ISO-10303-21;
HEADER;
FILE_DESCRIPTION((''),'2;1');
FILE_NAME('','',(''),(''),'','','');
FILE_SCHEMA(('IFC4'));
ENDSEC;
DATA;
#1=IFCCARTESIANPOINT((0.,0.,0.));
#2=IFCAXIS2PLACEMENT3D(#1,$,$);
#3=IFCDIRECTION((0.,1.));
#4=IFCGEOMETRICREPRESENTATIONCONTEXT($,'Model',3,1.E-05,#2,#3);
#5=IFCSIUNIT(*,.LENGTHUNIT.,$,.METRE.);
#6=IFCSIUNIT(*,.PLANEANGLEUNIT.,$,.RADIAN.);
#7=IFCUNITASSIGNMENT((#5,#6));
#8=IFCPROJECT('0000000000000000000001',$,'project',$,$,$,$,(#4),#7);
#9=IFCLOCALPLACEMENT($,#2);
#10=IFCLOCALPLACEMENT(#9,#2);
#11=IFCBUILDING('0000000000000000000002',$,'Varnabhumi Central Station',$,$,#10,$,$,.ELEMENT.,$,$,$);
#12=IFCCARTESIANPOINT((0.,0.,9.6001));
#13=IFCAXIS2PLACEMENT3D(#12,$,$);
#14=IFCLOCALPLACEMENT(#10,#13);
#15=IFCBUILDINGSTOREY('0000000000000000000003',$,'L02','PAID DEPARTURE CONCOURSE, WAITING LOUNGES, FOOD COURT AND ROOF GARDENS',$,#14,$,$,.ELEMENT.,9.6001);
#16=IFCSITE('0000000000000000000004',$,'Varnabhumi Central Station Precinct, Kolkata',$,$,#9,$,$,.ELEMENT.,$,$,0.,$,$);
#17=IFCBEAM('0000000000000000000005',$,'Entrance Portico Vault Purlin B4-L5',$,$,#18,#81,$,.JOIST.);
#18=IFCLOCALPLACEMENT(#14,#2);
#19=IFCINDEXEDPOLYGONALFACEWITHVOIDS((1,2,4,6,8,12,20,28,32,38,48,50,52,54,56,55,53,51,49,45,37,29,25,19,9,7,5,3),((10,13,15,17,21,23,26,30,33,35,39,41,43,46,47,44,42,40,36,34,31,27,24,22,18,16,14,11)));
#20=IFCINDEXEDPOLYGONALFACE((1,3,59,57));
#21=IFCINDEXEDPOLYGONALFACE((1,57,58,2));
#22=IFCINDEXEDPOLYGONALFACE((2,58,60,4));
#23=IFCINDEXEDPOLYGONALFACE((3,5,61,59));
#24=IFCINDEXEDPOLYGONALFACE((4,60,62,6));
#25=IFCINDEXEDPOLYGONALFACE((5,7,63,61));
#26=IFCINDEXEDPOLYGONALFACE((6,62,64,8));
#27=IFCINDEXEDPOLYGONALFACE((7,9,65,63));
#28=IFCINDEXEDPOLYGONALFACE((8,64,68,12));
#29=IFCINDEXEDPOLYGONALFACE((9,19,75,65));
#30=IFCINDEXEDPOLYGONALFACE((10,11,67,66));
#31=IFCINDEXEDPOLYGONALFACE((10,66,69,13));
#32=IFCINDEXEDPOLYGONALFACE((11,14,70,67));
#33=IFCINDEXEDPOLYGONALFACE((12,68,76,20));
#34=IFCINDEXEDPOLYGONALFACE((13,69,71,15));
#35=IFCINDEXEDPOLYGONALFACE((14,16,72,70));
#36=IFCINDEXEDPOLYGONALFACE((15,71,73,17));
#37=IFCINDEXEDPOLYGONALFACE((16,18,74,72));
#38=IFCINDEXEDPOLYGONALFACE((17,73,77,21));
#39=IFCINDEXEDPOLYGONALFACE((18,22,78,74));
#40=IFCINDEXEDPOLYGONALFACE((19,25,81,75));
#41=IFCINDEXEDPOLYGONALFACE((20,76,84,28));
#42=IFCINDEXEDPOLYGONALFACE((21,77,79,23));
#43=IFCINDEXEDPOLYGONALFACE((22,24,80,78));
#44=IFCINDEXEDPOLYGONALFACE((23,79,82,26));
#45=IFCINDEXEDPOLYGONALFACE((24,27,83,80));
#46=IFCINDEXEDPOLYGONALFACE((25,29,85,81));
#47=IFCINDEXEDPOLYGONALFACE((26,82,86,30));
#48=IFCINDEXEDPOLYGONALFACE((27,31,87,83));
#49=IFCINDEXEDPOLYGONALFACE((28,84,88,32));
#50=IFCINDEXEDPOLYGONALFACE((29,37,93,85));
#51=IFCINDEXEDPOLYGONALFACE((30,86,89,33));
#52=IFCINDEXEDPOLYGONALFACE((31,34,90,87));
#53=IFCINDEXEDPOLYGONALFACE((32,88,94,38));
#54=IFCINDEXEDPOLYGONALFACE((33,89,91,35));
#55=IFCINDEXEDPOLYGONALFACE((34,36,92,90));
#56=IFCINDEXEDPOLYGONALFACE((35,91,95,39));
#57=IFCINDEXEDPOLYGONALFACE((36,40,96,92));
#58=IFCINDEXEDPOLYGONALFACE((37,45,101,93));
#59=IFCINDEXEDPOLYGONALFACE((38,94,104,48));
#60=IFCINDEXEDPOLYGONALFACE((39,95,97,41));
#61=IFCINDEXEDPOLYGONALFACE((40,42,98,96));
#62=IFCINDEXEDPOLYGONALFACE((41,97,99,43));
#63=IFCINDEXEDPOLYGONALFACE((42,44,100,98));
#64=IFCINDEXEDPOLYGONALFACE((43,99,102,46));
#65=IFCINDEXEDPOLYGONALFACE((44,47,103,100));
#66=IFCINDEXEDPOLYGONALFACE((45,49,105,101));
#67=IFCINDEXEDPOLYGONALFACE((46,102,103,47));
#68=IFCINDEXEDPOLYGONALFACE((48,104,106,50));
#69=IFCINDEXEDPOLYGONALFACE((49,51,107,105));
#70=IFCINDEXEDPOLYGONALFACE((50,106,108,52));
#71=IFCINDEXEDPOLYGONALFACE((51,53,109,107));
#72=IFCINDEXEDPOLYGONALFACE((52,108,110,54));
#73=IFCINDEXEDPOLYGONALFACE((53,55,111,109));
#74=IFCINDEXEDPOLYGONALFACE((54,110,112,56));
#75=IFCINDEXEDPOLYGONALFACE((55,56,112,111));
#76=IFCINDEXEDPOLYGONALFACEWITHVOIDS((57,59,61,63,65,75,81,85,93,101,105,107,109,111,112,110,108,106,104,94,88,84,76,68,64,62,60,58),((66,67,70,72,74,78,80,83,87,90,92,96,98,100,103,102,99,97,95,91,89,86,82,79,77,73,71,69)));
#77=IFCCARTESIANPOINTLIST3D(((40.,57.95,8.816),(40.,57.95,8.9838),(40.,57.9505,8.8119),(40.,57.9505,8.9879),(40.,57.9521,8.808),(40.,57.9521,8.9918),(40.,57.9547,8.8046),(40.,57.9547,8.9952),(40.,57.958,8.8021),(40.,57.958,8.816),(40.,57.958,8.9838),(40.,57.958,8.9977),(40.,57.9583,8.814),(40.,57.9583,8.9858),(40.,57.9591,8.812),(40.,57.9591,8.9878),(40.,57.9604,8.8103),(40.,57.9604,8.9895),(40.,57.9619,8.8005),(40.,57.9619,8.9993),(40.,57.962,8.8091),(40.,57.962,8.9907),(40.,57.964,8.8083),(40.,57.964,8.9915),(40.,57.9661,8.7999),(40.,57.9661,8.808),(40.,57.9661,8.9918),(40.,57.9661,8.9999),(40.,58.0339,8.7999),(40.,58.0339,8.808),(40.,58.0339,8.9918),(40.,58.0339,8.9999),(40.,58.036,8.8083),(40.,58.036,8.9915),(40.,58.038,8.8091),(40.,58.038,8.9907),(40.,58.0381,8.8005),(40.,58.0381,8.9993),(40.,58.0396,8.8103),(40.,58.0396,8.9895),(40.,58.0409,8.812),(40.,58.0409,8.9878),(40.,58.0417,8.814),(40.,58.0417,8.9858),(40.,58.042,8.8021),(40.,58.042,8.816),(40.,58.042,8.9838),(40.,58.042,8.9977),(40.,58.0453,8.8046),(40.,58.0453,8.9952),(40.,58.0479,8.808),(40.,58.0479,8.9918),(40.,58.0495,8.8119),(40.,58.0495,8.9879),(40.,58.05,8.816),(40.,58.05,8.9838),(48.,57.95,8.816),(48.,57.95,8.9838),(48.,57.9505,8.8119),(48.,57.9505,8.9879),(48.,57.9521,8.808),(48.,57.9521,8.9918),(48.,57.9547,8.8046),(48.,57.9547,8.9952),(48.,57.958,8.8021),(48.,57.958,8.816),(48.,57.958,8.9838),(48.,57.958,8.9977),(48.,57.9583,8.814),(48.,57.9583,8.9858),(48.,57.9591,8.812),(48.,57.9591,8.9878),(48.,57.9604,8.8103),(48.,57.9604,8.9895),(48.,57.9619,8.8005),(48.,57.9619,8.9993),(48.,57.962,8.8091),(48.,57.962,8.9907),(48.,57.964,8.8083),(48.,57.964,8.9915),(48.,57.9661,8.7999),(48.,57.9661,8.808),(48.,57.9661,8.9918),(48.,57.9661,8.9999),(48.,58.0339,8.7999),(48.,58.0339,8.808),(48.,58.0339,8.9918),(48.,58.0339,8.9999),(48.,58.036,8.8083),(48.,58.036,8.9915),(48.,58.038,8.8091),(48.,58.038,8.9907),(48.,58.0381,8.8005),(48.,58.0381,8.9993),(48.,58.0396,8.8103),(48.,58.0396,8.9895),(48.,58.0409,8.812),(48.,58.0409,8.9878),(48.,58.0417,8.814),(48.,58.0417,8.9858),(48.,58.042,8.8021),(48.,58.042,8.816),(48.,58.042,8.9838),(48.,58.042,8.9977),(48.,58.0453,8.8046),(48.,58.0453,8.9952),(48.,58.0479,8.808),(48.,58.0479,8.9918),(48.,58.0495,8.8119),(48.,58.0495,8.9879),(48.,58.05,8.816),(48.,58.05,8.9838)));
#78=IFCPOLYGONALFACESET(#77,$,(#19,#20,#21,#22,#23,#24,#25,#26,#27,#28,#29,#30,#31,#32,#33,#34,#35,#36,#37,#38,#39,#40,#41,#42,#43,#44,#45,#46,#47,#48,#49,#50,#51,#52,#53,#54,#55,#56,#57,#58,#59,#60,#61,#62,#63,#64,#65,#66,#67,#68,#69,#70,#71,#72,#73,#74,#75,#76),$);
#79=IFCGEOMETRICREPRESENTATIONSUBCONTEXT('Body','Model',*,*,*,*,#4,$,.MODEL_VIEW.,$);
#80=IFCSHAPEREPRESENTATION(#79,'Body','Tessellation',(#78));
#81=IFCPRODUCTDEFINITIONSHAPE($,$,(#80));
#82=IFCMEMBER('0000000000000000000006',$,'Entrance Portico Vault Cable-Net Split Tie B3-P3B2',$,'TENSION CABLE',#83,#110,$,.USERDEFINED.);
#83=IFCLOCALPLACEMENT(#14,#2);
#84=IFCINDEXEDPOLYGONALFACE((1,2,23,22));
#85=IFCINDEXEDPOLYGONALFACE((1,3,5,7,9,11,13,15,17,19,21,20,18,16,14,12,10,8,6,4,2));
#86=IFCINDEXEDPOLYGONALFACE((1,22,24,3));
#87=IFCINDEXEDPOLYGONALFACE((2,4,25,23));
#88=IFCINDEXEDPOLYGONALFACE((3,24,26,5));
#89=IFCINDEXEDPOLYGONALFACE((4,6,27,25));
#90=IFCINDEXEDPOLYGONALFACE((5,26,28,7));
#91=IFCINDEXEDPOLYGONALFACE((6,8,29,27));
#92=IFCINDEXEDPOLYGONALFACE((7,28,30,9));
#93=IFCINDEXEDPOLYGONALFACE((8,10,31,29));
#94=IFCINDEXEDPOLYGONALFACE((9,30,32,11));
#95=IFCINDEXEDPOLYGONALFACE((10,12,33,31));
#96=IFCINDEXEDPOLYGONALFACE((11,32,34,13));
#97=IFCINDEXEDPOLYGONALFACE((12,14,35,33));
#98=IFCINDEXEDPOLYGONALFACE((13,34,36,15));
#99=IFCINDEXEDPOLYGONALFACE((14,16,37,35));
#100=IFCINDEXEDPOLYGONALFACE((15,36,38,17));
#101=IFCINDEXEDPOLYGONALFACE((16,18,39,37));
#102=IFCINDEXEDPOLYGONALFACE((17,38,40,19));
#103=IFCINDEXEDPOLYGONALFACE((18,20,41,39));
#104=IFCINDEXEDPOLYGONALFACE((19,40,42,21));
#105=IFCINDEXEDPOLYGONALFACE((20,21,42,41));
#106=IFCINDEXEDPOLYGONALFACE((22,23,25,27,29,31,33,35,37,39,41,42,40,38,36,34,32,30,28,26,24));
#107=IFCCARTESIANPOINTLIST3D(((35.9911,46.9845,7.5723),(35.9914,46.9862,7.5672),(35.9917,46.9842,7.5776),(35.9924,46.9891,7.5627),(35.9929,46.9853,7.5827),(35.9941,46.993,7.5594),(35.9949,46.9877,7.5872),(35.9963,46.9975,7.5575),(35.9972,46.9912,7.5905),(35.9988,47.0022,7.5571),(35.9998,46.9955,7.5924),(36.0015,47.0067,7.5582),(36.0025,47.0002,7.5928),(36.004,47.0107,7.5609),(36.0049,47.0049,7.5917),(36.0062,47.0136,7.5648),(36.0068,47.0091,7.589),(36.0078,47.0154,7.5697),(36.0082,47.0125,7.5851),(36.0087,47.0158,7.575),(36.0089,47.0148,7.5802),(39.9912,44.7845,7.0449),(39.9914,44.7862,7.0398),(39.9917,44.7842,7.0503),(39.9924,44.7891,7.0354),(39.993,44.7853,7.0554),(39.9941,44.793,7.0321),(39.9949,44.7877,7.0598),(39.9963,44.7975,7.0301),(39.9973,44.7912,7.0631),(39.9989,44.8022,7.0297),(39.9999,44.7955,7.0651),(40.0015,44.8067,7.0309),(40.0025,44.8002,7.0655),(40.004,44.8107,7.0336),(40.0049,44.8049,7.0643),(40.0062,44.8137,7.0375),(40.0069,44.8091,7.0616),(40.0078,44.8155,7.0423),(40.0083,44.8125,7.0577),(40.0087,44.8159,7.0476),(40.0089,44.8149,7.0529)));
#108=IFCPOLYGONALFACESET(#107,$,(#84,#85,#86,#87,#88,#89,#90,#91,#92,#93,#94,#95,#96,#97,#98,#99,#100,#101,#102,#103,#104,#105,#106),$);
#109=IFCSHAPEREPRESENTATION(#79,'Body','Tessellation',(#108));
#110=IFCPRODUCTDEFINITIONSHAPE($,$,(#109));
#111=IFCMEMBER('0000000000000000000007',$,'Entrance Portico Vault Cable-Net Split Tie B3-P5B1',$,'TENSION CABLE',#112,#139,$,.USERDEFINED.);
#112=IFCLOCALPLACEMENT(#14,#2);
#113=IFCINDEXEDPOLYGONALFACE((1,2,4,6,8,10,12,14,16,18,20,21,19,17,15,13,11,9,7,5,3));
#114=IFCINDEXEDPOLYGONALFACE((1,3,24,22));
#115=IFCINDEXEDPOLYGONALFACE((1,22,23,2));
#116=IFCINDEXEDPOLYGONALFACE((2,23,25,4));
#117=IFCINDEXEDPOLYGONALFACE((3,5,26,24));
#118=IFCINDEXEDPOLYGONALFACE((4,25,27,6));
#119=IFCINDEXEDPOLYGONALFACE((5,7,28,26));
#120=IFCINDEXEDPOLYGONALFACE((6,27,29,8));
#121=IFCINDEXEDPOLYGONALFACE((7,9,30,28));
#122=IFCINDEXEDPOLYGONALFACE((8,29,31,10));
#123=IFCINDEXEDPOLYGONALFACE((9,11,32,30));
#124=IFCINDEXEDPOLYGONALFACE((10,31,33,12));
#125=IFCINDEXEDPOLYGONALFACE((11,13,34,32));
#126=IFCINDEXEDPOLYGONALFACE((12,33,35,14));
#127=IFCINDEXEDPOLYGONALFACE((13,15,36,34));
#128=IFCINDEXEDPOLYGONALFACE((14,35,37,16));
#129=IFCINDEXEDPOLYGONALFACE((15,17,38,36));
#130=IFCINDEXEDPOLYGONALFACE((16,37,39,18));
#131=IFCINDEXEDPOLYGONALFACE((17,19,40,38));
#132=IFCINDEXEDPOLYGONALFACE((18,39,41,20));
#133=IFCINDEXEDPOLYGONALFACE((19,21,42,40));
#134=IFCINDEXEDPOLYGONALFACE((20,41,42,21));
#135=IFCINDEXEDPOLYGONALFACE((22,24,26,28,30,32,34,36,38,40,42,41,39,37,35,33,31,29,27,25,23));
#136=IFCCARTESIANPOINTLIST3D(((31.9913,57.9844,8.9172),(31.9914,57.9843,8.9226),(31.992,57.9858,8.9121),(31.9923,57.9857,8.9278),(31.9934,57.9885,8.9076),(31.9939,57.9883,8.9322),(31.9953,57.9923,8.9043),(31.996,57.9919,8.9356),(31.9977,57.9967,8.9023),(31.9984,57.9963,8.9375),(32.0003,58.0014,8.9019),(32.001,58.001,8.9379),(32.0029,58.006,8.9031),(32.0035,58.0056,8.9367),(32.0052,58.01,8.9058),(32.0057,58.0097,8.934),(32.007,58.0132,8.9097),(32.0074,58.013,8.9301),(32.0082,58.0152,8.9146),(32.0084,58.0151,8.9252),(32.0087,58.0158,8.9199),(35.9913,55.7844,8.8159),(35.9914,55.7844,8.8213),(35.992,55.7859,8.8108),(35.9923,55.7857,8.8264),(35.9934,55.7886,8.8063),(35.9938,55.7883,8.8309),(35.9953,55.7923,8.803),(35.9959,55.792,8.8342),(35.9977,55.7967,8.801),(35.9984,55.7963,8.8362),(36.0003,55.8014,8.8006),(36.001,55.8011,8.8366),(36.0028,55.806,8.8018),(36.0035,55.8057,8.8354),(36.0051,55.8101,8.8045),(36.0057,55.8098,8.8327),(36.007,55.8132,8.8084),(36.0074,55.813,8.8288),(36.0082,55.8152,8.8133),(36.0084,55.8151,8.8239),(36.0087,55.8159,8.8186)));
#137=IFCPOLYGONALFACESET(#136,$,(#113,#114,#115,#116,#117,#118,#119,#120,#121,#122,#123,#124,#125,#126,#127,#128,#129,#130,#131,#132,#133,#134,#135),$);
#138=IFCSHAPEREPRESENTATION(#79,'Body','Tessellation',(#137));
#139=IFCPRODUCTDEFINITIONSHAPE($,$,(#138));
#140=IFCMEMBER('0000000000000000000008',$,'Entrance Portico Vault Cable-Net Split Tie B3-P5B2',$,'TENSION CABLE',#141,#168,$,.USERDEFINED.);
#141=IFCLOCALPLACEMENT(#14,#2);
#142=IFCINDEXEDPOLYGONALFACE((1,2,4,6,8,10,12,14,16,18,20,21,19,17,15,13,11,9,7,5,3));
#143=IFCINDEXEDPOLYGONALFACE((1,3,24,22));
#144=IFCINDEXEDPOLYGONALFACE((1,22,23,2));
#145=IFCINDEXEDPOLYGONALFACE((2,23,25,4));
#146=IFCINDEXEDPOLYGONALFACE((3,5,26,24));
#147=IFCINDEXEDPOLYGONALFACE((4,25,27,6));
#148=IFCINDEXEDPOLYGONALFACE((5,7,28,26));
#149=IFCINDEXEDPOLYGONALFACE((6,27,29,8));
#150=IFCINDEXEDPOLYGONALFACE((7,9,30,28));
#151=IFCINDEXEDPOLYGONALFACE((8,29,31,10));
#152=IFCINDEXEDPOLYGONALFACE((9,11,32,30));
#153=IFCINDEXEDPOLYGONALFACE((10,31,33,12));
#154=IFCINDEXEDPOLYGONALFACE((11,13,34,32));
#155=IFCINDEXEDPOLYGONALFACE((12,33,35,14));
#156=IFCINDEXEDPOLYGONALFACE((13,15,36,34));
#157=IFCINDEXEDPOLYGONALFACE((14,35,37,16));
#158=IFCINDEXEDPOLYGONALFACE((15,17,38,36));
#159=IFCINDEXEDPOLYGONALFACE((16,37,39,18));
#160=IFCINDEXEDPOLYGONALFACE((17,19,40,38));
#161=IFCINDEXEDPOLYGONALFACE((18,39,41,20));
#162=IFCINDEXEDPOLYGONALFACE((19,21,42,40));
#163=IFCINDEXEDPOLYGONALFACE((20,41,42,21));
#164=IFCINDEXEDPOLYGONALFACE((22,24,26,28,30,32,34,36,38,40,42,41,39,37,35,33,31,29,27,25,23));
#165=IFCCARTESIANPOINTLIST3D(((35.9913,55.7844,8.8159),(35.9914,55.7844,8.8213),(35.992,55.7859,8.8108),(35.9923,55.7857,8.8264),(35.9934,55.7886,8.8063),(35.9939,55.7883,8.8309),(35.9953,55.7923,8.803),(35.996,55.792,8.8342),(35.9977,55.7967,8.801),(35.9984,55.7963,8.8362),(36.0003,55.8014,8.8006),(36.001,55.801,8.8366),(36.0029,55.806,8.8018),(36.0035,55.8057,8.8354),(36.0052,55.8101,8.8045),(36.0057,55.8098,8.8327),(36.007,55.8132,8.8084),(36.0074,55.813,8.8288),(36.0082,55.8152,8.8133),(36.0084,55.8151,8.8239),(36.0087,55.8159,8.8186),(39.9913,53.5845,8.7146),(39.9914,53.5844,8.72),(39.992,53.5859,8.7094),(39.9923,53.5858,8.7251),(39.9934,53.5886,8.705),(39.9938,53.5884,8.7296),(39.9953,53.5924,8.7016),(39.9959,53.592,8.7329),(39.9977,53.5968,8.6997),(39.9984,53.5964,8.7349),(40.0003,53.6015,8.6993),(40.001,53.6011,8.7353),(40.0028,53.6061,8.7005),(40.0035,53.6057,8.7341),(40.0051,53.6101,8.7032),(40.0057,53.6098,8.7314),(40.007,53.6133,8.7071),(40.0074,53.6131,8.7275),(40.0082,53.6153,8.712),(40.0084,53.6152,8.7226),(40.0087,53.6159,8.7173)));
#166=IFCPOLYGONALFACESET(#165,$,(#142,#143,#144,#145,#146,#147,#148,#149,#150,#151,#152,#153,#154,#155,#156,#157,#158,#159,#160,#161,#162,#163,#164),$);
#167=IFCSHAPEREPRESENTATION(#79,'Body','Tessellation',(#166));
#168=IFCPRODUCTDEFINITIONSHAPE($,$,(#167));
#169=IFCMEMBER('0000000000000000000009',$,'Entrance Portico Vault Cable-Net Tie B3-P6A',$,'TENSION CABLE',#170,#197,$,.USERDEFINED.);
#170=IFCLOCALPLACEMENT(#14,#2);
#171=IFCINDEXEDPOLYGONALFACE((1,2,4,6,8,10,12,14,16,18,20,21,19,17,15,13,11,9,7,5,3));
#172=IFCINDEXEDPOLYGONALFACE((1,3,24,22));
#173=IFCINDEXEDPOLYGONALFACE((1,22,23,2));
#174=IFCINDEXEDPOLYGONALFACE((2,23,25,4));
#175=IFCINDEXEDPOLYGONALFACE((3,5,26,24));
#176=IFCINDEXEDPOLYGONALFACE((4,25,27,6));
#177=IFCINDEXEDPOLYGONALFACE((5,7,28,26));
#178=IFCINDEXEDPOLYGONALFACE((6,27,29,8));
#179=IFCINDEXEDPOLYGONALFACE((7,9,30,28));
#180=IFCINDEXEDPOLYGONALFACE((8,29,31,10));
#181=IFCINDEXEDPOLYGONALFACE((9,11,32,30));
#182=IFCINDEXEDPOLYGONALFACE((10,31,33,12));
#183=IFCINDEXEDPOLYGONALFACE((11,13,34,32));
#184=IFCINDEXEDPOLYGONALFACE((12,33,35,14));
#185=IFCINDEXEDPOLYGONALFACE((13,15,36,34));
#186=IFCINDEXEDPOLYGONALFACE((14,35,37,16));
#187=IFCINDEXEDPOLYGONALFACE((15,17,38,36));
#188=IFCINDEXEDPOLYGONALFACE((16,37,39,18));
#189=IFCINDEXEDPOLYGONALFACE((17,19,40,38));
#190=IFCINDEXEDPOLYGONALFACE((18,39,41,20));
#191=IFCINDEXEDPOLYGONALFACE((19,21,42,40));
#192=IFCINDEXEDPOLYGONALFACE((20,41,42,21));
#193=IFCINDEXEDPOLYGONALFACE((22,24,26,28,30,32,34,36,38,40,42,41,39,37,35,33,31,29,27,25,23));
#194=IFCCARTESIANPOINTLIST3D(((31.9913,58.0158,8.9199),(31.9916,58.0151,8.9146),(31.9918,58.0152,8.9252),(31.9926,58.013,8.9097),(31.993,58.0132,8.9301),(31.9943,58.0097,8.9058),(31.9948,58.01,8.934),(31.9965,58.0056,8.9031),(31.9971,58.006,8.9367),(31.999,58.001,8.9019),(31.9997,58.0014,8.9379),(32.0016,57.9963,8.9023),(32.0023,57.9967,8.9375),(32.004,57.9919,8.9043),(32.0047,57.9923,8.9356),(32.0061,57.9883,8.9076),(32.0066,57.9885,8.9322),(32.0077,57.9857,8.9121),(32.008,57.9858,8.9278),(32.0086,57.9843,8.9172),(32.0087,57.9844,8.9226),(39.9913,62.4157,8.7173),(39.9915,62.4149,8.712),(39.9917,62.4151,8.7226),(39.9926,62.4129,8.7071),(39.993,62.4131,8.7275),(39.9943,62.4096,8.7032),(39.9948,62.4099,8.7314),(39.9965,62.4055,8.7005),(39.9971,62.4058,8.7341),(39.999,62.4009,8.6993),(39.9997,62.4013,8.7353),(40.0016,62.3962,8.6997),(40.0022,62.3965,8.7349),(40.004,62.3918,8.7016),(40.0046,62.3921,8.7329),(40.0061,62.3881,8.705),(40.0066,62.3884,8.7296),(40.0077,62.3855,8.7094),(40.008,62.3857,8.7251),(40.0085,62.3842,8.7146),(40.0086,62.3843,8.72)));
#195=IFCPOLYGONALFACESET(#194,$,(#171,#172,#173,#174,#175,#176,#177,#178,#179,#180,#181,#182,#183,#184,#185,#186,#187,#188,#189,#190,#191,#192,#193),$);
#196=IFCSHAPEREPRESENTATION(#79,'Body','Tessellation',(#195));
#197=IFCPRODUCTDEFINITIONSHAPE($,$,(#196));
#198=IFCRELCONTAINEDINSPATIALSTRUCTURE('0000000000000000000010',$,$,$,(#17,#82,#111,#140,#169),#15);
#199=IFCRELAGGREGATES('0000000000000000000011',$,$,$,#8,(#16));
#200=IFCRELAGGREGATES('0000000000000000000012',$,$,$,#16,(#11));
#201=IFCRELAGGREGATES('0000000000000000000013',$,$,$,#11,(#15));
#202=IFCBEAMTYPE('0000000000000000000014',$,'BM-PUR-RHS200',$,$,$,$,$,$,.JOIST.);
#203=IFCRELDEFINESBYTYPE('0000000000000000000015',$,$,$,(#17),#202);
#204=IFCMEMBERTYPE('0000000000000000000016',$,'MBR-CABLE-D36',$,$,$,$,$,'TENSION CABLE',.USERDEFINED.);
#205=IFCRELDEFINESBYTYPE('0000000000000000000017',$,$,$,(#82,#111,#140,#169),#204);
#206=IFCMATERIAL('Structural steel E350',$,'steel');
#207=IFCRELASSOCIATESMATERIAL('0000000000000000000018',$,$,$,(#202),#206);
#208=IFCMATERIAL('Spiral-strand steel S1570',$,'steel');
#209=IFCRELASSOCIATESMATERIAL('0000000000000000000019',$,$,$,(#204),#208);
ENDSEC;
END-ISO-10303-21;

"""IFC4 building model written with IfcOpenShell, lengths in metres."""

from ifc_helpers import new_model, si_unit, direction, frame, origin, origin_2d, place, context, subcontext, project, spatial, hollow_rectangle, circle, extrude, material, material_profile, profile_set, type_object, element, save


model = new_model("IFC4")

# Units and contexts
model_context = context("Model", 3, precision=1e-05, world=origin(), true_north=direction((0.0, 1.0)))
body_context = subcontext(model_context, "Body", "Model", "MODEL_VIEW")
ifc_project = project(units=[si_unit("LENGTHUNIT", "METRE"), si_unit("PLANEANGLEUNIT", "RADIAN")], contexts=[model_context])

# Site, building, storey
site_placement = place(None, origin())
site = spatial("IfcSite", under=ifc_project, at=site_placement, Name="Varnabhumi Central Station Precinct, Kolkata", CompositionType="ELEMENT", RefElevation=0.0)
building_placement = place(site_placement, origin())
building = spatial("IfcBuilding", under=site, at=building_placement, Name="Varnabhumi Central Station", CompositionType="ELEMENT")
storey_placement = place(building_placement, frame((0.0, 0.0, 9.6001)))
storey = spatial("IfcBuildingStorey", under=building, at=storey_placement, Name="L02", Description="PAID DEPARTURE CONCOURSE, WAITING LOUNGES, FOOD COURT AND ROOF GARDENS", CompositionType="ELEMENT", Elevation=9.6001)

# Beam
ifc_material_1 = material(Name="Structural steel E350", Category="steel")
ifc_material_profile_1 = material_profile(ifc_material_1, hollow_rectangle(XDim=0.1001, YDim=0.2, WallThickness=0.0081, InnerFilletRadius=0.0081, OuterFilletRadius=0.0161, at=origin_2d()), Name="Structural steel E350", Category="steel")
ifc_profile_set_1 = profile_set([ifc_material_profile_1], Name="Structural steel E350")
beam_type_1 = type_object("IfcBeamType", Name="BM-PUR-RHS200", PredefinedType="JOIST", material=ifc_profile_set_1)
for number, where, z_axis, x_axis, name in (
    (1, (40.0, 58.0, 8.8999), (1.0, 0.0, 0.0), (0.0, 1.0, 0.0), "Entrance Portico Vault Purlin B4-L5"),
):
    element("IfcBeam", number, at=place(storey_placement, frame(where, z_axis=z_axis, x_axis=x_axis)), inside=storey, type_object=beam_type_1, Name=name, PredefinedType="JOIST", context=body_context, shape_type="SweptSolid", body=[
        extrude(hollow_rectangle(XDim=0.1001, YDim=0.2, WallThickness=0.0081, InnerFilletRadius=0.0081, OuterFilletRadius=0.0161, at=origin_2d()), origin(), (0.0, 0.0, 1.0), 8.0),
    ])

# Members
ifc_material_2 = material(Name="Spiral-strand steel S1570", Category="steel")
ifc_material_profile_2 = material_profile(ifc_material_2, circle(Radius=0.0181, at=origin_2d()), Name="Spiral-strand steel S1570", Category="steel")
ifc_profile_set_2 = profile_set([ifc_material_profile_2], Name="Spiral-strand steel S1570")
member_type = type_object("IfcMemberType", Name="MBR-CABLE-D36", ElementType="TENSION CABLE", PredefinedType="USERDEFINED", material=ifc_profile_set_2)
member_1_placement = place(storey_placement, frame((36.0, 47.0, 7.575), z_axis=(0.870432, -0.478727, -0.114754), x_axis=(0.481911, 0.87622, 0.0)))
element("IfcMember", 2, at=member_1_placement, inside=storey, type_object=member_type, Name="Entrance Portico Vault Cable-Net Split Tie B3-P3B2", ObjectType="TENSION CABLE", PredefinedType="USERDEFINED", context=body_context, shape_type="SweptSolid", body=[
    extrude(circle(Radius=0.0181, at=origin_2d()), origin(), (0.0, 0.0, 1.0), 4.5955),
])
for number, where, z_axis, x_axis, name in (
    (3, (32.0, 58.0, 8.9199), (0.876005, -0.481792, -0.022189), (0.481911, 0.87622, 0.0), "Entrance Portico Vault Cable-Net Split Tie B3-P5B1"),
    (4, (36.0, 55.8, 8.8186), (0.876005, -0.481792, -0.022189), (0.481911, 0.87622, 0.0), "Entrance Portico Vault Cable-Net Split Tie B3-P5B2"),
):
    element("IfcMember", number, at=place(storey_placement, frame(where, z_axis=z_axis, x_axis=x_axis)), inside=storey, type_object=member_type, Name=name, ObjectType="TENSION CABLE", PredefinedType="USERDEFINED", context=body_context, shape_type="SweptSolid", body=[
        extrude(circle(Radius=0.0181, at=origin_2d()), origin(), (0.0, 0.0, 1.0), 4.5662),
    ])
member_2_placement = place(storey_placement, frame((32.0, 58.0, 8.9199), z_axis=(0.876005, 0.481792, -0.022189), x_axis=(-0.481911, 0.87622, 0.0)))
element("IfcMember", 5, at=member_2_placement, inside=storey, type_object=member_type, Name="Entrance Portico Vault Cable-Net Tie B3-P6A", ObjectType="TENSION CABLE", PredefinedType="USERDEFINED", context=body_context, shape_type="SweptSolid", body=[
    extrude(circle(Radius=0.0181, at=origin_2d()), origin(), (0.0, 0.0, 1.0), 9.1323),
])

save(model, "model.ifc")
